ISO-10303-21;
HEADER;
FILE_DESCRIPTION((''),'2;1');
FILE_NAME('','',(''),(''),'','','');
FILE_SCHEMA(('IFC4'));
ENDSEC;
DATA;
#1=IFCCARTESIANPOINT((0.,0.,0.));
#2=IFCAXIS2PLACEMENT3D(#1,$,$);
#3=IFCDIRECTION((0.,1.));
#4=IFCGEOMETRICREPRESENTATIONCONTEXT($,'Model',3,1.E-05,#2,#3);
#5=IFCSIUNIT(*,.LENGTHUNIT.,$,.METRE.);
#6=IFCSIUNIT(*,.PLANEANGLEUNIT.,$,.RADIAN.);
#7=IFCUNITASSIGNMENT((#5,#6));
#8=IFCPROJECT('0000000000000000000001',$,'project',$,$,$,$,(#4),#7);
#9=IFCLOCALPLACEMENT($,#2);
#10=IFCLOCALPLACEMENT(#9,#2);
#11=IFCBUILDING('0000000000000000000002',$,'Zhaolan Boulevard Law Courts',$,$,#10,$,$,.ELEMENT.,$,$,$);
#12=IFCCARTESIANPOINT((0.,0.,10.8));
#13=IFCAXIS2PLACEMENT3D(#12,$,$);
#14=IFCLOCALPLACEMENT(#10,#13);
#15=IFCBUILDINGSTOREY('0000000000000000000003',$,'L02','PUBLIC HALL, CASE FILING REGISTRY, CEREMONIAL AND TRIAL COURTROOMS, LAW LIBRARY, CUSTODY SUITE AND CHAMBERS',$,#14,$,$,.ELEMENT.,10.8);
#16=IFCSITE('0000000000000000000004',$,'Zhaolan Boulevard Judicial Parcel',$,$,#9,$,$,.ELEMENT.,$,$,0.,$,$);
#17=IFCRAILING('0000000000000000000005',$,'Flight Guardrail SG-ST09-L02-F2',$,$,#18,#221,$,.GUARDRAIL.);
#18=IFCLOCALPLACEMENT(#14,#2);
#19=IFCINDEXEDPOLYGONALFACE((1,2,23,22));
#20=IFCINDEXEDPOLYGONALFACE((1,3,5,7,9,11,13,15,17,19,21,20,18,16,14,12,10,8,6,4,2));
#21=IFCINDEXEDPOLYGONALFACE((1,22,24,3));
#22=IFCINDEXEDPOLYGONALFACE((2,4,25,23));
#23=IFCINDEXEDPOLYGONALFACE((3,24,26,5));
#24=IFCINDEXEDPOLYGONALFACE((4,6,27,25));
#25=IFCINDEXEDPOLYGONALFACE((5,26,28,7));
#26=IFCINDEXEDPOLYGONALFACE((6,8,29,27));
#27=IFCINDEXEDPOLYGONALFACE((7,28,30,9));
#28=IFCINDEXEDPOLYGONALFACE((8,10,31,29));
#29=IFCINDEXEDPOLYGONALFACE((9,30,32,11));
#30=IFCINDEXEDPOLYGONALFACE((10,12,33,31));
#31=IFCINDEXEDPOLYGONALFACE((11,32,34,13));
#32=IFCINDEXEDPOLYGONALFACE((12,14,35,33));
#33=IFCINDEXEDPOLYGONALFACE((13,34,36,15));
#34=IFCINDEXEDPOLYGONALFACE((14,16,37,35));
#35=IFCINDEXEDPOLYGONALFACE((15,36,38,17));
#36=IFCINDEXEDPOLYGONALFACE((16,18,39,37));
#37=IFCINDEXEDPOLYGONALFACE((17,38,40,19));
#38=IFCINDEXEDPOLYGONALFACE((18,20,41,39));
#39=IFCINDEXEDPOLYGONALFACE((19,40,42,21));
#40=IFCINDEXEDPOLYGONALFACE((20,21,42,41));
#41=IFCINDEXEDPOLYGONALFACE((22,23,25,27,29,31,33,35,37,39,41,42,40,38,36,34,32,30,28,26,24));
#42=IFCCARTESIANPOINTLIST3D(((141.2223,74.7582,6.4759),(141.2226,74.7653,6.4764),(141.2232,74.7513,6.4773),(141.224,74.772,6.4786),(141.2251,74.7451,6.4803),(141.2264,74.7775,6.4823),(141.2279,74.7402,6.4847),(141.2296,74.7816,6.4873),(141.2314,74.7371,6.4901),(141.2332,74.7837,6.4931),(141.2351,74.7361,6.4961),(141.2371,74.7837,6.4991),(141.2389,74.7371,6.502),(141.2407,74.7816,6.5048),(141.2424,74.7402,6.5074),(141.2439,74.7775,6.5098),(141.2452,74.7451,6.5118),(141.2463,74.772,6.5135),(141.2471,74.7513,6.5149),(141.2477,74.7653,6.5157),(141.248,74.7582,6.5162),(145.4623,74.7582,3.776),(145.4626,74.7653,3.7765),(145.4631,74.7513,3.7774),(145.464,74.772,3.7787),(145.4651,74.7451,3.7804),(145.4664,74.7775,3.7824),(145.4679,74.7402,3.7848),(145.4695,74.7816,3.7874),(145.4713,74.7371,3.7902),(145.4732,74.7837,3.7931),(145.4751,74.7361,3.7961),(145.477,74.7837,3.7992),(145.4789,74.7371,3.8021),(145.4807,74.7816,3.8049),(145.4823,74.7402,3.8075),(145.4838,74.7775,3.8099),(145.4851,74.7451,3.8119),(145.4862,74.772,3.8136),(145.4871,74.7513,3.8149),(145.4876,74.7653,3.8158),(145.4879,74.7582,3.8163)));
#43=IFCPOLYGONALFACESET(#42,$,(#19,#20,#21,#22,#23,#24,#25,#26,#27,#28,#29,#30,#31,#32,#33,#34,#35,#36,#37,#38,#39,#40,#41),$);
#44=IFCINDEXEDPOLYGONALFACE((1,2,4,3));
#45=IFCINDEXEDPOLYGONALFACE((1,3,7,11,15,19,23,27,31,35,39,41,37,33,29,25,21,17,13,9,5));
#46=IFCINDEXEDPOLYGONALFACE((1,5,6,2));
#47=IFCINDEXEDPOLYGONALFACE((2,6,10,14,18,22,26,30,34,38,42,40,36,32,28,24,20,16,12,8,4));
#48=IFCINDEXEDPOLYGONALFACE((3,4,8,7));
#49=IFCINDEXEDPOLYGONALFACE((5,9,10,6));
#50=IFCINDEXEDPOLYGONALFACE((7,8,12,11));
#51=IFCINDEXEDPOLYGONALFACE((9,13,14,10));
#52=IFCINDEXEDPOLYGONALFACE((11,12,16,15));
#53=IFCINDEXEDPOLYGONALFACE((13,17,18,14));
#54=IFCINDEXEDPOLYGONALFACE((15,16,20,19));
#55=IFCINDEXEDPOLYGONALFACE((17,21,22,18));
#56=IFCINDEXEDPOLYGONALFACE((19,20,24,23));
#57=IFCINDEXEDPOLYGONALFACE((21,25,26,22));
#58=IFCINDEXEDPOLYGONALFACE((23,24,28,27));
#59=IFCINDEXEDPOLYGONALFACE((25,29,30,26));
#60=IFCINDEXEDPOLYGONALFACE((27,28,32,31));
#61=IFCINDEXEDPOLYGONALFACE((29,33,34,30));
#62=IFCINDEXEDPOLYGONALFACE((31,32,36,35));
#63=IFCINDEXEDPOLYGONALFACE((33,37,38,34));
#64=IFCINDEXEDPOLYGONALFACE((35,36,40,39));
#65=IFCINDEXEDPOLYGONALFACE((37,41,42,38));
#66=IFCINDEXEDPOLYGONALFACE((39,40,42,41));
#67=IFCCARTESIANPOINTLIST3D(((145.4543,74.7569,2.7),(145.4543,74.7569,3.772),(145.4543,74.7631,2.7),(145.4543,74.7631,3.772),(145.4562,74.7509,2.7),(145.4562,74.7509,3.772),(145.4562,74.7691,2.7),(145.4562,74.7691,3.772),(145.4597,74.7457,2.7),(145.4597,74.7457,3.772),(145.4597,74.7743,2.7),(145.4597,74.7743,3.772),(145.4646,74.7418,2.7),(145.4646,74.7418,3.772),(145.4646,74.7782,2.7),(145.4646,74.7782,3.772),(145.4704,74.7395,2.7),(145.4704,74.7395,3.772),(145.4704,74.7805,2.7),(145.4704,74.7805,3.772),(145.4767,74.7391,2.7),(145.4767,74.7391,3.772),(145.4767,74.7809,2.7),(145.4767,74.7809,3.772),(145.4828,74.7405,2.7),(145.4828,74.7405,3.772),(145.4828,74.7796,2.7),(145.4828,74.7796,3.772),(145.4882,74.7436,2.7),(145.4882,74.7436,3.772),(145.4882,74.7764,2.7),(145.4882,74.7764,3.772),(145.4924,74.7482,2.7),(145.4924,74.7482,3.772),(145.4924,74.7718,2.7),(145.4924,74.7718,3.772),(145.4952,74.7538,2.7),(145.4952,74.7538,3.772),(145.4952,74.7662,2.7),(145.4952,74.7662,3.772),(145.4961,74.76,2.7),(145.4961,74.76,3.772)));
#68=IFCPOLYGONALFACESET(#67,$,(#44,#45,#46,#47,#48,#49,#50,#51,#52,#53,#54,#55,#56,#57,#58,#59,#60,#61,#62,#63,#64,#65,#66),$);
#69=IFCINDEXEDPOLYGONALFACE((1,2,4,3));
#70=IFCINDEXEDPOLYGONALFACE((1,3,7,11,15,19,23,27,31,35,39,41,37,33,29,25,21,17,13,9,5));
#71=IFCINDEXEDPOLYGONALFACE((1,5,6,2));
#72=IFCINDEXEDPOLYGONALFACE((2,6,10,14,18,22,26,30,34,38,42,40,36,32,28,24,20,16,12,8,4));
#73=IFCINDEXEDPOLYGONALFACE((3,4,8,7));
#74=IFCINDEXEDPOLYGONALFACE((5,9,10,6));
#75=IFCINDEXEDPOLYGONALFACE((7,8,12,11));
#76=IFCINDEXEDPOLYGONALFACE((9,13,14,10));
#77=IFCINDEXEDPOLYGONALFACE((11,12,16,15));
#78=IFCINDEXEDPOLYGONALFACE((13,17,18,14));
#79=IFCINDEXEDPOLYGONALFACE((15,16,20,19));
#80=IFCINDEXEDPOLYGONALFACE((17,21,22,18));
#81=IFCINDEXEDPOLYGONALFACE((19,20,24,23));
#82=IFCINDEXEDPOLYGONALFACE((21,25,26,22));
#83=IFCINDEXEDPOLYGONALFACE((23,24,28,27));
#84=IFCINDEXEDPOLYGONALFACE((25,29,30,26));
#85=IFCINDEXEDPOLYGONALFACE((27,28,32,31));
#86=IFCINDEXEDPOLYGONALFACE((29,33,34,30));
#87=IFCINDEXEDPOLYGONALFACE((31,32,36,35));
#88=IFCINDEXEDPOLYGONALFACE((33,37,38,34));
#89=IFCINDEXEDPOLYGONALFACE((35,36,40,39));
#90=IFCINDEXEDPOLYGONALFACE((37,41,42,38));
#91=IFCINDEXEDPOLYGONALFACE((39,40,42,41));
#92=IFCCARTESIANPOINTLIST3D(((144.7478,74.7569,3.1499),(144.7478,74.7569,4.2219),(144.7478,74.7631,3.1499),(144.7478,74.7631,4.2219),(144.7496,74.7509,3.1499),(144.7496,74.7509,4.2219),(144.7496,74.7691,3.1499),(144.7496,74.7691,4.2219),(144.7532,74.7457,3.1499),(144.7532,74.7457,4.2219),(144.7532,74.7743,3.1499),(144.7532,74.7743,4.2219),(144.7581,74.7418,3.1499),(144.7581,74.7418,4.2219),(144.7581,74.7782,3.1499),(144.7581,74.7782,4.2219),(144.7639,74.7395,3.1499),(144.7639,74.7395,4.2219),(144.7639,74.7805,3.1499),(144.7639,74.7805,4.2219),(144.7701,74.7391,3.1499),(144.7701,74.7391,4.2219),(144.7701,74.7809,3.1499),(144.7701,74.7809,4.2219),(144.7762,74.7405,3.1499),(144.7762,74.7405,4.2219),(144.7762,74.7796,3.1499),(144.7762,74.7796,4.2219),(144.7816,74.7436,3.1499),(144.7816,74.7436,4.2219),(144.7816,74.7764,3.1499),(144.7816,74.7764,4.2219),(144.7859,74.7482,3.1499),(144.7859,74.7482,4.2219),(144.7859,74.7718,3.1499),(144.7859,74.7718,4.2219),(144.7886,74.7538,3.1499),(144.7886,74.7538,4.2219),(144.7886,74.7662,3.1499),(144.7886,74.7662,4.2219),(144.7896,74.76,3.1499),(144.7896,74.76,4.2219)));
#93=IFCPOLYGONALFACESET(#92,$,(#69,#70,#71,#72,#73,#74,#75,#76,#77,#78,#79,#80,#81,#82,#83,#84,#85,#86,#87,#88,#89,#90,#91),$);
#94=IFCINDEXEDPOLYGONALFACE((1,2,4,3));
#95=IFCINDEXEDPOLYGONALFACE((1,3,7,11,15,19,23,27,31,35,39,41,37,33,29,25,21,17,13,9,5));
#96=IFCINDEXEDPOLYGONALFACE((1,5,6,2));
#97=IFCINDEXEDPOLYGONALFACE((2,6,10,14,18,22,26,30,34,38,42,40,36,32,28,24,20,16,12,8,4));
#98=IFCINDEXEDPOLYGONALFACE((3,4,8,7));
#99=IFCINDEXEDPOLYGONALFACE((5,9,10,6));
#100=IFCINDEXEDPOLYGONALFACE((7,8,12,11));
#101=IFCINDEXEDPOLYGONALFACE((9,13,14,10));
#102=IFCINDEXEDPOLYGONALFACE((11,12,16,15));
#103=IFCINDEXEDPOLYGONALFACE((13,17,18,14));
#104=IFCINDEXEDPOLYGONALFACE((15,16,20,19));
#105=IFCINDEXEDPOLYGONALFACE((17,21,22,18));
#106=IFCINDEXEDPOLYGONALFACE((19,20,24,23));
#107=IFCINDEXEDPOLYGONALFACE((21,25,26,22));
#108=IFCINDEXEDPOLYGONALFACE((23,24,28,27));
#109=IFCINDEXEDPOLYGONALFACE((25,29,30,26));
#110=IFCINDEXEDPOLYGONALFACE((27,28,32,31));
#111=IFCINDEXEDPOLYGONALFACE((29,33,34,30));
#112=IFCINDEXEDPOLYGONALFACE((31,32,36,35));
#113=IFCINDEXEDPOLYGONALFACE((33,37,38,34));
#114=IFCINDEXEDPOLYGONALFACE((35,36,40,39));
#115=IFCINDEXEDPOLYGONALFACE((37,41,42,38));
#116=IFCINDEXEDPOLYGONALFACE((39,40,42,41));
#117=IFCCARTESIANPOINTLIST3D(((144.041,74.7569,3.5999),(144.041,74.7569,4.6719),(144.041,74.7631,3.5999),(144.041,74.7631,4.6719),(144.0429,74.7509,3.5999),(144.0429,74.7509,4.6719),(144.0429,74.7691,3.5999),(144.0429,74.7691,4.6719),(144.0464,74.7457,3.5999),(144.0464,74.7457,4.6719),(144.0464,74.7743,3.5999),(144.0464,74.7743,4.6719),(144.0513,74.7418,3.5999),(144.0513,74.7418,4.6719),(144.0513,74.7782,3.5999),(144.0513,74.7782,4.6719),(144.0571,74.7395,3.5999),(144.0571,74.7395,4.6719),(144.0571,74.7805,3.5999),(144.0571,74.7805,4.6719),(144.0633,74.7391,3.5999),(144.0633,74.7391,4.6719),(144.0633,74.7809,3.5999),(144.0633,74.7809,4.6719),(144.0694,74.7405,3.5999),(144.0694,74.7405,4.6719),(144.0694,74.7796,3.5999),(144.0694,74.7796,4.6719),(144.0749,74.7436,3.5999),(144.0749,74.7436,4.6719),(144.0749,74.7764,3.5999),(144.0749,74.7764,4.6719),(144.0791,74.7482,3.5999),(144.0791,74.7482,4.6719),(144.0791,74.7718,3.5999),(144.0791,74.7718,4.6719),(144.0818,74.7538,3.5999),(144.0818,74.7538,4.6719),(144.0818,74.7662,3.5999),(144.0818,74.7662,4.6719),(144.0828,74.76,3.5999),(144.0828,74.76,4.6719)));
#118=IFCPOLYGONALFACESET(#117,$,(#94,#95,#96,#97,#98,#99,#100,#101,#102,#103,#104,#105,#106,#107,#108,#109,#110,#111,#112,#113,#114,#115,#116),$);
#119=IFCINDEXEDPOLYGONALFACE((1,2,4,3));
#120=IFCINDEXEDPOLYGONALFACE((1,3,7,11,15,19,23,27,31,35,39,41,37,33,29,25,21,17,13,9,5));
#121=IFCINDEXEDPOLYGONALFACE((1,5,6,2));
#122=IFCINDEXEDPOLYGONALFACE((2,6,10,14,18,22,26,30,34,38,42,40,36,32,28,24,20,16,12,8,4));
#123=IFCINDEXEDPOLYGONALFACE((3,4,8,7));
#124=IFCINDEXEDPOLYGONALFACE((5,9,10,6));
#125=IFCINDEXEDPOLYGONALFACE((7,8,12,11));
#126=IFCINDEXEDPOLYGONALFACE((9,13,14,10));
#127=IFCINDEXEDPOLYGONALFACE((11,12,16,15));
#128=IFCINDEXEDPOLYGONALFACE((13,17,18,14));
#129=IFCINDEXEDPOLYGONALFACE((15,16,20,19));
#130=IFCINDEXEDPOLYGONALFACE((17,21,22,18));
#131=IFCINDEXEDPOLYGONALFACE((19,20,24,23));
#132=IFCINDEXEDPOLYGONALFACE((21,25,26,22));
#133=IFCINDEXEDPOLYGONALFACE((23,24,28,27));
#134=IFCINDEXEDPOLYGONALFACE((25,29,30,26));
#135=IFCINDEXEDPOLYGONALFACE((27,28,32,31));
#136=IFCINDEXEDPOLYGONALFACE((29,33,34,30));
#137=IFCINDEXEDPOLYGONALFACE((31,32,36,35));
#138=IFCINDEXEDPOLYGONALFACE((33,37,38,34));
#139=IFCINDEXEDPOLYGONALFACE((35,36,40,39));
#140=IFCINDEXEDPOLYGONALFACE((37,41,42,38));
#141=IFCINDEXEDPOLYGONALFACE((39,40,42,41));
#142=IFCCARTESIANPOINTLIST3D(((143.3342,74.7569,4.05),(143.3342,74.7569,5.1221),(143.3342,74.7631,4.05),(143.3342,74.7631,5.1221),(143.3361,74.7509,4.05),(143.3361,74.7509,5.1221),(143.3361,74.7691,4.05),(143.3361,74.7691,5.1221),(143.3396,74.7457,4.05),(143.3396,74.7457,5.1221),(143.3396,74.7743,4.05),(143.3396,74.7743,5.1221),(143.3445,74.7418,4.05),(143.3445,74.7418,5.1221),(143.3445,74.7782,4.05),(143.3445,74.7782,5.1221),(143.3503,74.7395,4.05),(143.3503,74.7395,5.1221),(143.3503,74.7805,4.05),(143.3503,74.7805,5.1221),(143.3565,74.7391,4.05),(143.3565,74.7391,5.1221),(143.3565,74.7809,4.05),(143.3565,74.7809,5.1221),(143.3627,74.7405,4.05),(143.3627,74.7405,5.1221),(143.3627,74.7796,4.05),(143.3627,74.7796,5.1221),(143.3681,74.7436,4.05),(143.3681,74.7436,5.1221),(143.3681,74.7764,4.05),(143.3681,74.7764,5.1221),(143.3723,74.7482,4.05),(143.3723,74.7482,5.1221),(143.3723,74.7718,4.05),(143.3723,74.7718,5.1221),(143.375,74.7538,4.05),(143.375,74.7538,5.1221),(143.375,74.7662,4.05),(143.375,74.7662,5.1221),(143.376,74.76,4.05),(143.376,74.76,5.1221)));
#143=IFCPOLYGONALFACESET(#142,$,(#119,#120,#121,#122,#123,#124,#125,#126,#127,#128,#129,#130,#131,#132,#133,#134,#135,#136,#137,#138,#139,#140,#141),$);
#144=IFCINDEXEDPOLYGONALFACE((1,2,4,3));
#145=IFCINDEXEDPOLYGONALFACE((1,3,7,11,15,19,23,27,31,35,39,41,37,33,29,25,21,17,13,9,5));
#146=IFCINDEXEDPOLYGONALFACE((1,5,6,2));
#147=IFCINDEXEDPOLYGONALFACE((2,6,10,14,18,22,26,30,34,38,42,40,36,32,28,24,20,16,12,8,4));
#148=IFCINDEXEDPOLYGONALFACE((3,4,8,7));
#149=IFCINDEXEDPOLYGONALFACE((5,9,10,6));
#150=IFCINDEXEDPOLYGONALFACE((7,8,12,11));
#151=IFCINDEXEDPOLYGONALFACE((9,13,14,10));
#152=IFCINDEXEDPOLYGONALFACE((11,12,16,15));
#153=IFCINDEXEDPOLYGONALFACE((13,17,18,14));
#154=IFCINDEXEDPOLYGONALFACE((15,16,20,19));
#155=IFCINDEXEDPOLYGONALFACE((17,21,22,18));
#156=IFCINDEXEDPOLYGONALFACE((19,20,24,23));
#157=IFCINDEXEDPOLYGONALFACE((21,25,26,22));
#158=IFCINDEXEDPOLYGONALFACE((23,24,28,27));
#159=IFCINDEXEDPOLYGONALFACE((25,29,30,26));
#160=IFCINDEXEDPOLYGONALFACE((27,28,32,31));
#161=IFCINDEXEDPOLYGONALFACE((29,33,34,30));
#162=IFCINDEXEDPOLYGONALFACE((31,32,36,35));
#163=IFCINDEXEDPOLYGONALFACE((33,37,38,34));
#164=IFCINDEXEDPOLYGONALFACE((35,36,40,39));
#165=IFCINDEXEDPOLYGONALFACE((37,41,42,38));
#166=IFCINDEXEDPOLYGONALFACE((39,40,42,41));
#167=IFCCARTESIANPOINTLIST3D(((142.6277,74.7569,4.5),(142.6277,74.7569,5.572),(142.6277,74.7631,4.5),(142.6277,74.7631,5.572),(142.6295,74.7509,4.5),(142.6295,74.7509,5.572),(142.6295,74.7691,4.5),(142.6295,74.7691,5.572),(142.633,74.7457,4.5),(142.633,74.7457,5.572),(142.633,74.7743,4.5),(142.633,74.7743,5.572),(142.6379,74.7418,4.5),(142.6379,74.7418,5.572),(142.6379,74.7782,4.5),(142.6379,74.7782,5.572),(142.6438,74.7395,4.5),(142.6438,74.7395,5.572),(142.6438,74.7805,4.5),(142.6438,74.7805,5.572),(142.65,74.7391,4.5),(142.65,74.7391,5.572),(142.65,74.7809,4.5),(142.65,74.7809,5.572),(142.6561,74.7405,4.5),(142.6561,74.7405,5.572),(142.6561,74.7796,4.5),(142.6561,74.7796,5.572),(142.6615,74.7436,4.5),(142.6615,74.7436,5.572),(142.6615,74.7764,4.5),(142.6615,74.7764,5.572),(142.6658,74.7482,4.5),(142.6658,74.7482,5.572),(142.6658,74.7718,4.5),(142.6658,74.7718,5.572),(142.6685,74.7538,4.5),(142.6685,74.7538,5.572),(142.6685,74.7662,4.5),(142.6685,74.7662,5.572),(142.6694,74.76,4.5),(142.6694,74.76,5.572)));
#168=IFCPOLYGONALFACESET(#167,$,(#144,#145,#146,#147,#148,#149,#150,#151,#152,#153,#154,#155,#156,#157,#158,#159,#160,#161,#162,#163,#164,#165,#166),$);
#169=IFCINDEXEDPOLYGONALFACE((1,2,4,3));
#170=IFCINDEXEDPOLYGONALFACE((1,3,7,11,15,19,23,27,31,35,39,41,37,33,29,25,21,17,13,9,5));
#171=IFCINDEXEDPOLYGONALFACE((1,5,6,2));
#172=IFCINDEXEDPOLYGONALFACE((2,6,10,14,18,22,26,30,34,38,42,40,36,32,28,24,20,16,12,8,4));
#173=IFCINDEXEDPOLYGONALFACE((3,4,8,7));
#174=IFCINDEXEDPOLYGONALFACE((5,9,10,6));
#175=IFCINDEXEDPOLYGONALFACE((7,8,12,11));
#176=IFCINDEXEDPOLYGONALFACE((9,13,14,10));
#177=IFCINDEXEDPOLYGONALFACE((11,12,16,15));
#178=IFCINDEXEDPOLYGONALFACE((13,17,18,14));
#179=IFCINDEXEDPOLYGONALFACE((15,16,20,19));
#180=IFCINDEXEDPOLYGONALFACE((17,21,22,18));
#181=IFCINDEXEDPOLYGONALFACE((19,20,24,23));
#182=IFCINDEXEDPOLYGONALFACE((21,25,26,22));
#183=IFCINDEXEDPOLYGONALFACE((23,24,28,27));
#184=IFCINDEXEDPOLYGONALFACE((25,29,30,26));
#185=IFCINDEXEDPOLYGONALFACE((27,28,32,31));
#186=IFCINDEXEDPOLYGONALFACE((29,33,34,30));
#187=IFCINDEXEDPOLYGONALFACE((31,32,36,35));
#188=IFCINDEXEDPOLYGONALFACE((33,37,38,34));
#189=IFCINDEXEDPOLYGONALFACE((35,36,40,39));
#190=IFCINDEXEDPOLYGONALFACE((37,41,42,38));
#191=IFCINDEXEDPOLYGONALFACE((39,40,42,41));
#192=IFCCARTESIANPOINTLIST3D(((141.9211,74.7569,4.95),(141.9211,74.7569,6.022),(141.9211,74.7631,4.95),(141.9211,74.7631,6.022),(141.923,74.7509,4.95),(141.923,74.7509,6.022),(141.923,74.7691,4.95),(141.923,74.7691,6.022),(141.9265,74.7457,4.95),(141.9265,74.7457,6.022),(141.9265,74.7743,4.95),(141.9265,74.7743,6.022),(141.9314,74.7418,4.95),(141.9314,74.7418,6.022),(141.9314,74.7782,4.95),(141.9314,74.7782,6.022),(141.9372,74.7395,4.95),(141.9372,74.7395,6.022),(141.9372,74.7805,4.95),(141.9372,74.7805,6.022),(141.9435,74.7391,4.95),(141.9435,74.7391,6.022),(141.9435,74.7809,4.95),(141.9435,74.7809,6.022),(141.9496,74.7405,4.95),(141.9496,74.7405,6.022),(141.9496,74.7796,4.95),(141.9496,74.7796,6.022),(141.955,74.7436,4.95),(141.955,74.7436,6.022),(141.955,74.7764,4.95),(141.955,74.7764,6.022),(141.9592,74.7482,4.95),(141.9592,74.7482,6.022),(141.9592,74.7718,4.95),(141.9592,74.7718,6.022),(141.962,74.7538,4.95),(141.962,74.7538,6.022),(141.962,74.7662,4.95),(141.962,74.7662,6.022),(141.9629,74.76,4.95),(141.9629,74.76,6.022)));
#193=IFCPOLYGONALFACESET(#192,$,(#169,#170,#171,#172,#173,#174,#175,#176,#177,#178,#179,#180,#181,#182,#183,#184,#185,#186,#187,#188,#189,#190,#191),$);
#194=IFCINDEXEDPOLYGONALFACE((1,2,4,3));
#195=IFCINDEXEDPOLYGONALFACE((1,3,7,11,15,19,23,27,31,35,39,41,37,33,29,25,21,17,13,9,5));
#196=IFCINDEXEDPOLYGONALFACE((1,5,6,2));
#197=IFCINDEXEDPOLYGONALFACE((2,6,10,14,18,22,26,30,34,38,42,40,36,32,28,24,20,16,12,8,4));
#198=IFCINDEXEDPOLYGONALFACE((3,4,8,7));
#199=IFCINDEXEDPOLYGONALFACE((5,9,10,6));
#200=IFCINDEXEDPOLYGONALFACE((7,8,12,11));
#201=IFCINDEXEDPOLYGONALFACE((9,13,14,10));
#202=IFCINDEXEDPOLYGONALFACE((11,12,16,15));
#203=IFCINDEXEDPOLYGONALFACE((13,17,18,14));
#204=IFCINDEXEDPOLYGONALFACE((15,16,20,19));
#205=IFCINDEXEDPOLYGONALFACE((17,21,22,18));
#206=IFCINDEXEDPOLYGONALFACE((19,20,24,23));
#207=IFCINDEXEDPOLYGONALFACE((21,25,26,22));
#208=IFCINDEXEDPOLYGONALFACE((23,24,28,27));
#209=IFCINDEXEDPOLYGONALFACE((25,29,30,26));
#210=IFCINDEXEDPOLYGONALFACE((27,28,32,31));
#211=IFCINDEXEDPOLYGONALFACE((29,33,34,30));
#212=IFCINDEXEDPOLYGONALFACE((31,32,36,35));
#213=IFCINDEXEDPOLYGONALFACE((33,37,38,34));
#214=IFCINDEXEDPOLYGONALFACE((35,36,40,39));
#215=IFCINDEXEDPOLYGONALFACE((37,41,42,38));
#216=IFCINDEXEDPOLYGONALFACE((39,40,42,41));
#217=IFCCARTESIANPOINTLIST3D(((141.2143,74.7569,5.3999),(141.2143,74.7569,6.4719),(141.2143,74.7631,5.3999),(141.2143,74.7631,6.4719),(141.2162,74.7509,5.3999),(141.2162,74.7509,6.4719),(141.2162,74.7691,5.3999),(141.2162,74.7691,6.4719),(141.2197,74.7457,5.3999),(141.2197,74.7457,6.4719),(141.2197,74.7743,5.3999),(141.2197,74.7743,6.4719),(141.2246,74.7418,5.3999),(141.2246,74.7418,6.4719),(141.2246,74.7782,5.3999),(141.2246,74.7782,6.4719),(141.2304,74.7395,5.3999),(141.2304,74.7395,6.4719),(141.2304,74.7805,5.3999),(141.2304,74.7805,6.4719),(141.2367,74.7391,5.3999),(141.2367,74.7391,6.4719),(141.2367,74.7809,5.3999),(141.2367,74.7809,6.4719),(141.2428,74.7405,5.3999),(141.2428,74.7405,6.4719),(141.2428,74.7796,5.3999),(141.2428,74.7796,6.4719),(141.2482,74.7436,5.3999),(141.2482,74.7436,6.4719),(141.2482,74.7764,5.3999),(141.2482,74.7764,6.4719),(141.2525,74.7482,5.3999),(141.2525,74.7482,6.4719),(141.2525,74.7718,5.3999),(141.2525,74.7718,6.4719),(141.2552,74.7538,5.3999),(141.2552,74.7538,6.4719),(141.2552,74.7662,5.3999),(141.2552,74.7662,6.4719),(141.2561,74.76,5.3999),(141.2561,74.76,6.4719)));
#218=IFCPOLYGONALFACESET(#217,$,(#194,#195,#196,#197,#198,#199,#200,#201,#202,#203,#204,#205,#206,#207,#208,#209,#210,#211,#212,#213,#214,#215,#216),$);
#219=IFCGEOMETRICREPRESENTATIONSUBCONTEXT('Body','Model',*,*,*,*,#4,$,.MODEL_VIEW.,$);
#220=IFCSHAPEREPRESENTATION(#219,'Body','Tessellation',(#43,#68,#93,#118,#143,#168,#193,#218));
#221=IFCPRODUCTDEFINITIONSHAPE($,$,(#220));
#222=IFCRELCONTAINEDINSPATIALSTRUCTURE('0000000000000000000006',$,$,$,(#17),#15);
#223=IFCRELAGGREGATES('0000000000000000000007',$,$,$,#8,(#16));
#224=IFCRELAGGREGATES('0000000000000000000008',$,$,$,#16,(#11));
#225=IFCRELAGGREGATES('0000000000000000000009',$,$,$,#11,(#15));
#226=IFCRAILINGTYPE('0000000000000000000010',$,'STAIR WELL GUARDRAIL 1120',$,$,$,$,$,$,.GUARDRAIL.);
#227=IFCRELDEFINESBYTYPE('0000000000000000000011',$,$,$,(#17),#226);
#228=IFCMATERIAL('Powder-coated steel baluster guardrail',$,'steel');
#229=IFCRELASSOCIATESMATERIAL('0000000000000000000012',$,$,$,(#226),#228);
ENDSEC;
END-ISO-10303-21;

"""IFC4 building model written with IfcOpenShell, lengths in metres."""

from ifc_helpers import new_model, si_unit, direction, frame, origin, origin_2d, place, context, subcontext, project, spatial, circle, extrude, material, type_object, element, save


model = new_model("IFC4")

# Units and contexts
model_context = context("Model", 3, precision=1e-05, world=origin(), true_north=direction((0.0, 1.0)))
body_context = subcontext(model_context, "Body", "Model", "MODEL_VIEW")
ifc_project = project(units=[si_unit("LENGTHUNIT", "METRE"), si_unit("PLANEANGLEUNIT", "RADIAN")], contexts=[model_context])

# Site, building, storey
site_placement = place(None, origin())
site = spatial("IfcSite", under=ifc_project, at=site_placement, Name="Zhaolan Boulevard Judicial Parcel", CompositionType="ELEMENT", RefElevation=0.0)
building_placement = place(site_placement, origin())
building = spatial("IfcBuilding", under=site, at=building_placement, Name="Zhaolan Boulevard Law Courts", CompositionType="ELEMENT")
storey_placement = place(building_placement, frame((0.0, 0.0, 10.8)))
storey = spatial("IfcBuildingStorey", under=building, at=storey_placement, Name="L02", Description="PUBLIC HALL, CASE FILING REGISTRY, CEREMONIAL AND TRIAL COURTROOMS, LAW LIBRARY, CUSTODY SUITE AND CHAMBERS", CompositionType="ELEMENT", Elevation=10.8)

# Railing
ifc_material_1 = material(Name="Powder-coated steel baluster guardrail", Category="steel")
railing_type_1 = type_object("IfcRailingType", Name="STAIR WELL GUARDRAIL 1120", PredefinedType="GUARDRAIL", material=ifc_material_1)
railing_1_placement = place(storey_placement, frame((145.4751, 74.76, 2.7)))
element("IfcRailing", 1, at=railing_1_placement, inside=storey, type_object=railing_type_1, Name="Flight Guardrail SG-ST09-L02-F2", PredefinedType="GUARDRAIL", context=body_context, shape_type="SweptSolid", body=[
    extrude(circle(Radius=0.0239, at=origin_2d()), frame((0.0, 0.0, 1.0962), z_axis=(-0.843501, 0.0, 0.537127), x_axis=(0.0, -1.0, 0.0)), (0.0, 0.0, 1.0), 5.0266),
    extrude(circle(Radius=0.021, at=origin_2d()), origin(), (0.0, 0.0, 1.0), 1.072),
    extrude(circle(Radius=0.021, at=origin_2d()), frame((-0.7065, 0.0, 0.45)), (0.0, 0.0, 1.0), 1.072),
    extrude(circle(Radius=0.021, at=origin_2d()), frame((-1.4133, 0.0, 0.8999)), (0.0, 0.0, 1.0), 1.072),
    extrude(circle(Radius=0.021, at=origin_2d()), frame((-2.1201, 0.0, 1.3501)), (0.0, 0.0, 1.0), 1.072),
    extrude(circle(Radius=0.021, at=origin_2d()), frame((-2.8267, 0.0, 1.8)), (0.0, 0.0, 1.0), 1.072),
    extrude(circle(Radius=0.021, at=origin_2d()), frame((-3.5332, 0.0, 2.25)), (0.0, 0.0, 1.0), 1.072),
    extrude(circle(Radius=0.021, at=origin_2d()), frame((-4.24, 0.0, 2.7)), (0.0, 0.0, 1.0), 1.072),
])

save(model, "model.ifc")
